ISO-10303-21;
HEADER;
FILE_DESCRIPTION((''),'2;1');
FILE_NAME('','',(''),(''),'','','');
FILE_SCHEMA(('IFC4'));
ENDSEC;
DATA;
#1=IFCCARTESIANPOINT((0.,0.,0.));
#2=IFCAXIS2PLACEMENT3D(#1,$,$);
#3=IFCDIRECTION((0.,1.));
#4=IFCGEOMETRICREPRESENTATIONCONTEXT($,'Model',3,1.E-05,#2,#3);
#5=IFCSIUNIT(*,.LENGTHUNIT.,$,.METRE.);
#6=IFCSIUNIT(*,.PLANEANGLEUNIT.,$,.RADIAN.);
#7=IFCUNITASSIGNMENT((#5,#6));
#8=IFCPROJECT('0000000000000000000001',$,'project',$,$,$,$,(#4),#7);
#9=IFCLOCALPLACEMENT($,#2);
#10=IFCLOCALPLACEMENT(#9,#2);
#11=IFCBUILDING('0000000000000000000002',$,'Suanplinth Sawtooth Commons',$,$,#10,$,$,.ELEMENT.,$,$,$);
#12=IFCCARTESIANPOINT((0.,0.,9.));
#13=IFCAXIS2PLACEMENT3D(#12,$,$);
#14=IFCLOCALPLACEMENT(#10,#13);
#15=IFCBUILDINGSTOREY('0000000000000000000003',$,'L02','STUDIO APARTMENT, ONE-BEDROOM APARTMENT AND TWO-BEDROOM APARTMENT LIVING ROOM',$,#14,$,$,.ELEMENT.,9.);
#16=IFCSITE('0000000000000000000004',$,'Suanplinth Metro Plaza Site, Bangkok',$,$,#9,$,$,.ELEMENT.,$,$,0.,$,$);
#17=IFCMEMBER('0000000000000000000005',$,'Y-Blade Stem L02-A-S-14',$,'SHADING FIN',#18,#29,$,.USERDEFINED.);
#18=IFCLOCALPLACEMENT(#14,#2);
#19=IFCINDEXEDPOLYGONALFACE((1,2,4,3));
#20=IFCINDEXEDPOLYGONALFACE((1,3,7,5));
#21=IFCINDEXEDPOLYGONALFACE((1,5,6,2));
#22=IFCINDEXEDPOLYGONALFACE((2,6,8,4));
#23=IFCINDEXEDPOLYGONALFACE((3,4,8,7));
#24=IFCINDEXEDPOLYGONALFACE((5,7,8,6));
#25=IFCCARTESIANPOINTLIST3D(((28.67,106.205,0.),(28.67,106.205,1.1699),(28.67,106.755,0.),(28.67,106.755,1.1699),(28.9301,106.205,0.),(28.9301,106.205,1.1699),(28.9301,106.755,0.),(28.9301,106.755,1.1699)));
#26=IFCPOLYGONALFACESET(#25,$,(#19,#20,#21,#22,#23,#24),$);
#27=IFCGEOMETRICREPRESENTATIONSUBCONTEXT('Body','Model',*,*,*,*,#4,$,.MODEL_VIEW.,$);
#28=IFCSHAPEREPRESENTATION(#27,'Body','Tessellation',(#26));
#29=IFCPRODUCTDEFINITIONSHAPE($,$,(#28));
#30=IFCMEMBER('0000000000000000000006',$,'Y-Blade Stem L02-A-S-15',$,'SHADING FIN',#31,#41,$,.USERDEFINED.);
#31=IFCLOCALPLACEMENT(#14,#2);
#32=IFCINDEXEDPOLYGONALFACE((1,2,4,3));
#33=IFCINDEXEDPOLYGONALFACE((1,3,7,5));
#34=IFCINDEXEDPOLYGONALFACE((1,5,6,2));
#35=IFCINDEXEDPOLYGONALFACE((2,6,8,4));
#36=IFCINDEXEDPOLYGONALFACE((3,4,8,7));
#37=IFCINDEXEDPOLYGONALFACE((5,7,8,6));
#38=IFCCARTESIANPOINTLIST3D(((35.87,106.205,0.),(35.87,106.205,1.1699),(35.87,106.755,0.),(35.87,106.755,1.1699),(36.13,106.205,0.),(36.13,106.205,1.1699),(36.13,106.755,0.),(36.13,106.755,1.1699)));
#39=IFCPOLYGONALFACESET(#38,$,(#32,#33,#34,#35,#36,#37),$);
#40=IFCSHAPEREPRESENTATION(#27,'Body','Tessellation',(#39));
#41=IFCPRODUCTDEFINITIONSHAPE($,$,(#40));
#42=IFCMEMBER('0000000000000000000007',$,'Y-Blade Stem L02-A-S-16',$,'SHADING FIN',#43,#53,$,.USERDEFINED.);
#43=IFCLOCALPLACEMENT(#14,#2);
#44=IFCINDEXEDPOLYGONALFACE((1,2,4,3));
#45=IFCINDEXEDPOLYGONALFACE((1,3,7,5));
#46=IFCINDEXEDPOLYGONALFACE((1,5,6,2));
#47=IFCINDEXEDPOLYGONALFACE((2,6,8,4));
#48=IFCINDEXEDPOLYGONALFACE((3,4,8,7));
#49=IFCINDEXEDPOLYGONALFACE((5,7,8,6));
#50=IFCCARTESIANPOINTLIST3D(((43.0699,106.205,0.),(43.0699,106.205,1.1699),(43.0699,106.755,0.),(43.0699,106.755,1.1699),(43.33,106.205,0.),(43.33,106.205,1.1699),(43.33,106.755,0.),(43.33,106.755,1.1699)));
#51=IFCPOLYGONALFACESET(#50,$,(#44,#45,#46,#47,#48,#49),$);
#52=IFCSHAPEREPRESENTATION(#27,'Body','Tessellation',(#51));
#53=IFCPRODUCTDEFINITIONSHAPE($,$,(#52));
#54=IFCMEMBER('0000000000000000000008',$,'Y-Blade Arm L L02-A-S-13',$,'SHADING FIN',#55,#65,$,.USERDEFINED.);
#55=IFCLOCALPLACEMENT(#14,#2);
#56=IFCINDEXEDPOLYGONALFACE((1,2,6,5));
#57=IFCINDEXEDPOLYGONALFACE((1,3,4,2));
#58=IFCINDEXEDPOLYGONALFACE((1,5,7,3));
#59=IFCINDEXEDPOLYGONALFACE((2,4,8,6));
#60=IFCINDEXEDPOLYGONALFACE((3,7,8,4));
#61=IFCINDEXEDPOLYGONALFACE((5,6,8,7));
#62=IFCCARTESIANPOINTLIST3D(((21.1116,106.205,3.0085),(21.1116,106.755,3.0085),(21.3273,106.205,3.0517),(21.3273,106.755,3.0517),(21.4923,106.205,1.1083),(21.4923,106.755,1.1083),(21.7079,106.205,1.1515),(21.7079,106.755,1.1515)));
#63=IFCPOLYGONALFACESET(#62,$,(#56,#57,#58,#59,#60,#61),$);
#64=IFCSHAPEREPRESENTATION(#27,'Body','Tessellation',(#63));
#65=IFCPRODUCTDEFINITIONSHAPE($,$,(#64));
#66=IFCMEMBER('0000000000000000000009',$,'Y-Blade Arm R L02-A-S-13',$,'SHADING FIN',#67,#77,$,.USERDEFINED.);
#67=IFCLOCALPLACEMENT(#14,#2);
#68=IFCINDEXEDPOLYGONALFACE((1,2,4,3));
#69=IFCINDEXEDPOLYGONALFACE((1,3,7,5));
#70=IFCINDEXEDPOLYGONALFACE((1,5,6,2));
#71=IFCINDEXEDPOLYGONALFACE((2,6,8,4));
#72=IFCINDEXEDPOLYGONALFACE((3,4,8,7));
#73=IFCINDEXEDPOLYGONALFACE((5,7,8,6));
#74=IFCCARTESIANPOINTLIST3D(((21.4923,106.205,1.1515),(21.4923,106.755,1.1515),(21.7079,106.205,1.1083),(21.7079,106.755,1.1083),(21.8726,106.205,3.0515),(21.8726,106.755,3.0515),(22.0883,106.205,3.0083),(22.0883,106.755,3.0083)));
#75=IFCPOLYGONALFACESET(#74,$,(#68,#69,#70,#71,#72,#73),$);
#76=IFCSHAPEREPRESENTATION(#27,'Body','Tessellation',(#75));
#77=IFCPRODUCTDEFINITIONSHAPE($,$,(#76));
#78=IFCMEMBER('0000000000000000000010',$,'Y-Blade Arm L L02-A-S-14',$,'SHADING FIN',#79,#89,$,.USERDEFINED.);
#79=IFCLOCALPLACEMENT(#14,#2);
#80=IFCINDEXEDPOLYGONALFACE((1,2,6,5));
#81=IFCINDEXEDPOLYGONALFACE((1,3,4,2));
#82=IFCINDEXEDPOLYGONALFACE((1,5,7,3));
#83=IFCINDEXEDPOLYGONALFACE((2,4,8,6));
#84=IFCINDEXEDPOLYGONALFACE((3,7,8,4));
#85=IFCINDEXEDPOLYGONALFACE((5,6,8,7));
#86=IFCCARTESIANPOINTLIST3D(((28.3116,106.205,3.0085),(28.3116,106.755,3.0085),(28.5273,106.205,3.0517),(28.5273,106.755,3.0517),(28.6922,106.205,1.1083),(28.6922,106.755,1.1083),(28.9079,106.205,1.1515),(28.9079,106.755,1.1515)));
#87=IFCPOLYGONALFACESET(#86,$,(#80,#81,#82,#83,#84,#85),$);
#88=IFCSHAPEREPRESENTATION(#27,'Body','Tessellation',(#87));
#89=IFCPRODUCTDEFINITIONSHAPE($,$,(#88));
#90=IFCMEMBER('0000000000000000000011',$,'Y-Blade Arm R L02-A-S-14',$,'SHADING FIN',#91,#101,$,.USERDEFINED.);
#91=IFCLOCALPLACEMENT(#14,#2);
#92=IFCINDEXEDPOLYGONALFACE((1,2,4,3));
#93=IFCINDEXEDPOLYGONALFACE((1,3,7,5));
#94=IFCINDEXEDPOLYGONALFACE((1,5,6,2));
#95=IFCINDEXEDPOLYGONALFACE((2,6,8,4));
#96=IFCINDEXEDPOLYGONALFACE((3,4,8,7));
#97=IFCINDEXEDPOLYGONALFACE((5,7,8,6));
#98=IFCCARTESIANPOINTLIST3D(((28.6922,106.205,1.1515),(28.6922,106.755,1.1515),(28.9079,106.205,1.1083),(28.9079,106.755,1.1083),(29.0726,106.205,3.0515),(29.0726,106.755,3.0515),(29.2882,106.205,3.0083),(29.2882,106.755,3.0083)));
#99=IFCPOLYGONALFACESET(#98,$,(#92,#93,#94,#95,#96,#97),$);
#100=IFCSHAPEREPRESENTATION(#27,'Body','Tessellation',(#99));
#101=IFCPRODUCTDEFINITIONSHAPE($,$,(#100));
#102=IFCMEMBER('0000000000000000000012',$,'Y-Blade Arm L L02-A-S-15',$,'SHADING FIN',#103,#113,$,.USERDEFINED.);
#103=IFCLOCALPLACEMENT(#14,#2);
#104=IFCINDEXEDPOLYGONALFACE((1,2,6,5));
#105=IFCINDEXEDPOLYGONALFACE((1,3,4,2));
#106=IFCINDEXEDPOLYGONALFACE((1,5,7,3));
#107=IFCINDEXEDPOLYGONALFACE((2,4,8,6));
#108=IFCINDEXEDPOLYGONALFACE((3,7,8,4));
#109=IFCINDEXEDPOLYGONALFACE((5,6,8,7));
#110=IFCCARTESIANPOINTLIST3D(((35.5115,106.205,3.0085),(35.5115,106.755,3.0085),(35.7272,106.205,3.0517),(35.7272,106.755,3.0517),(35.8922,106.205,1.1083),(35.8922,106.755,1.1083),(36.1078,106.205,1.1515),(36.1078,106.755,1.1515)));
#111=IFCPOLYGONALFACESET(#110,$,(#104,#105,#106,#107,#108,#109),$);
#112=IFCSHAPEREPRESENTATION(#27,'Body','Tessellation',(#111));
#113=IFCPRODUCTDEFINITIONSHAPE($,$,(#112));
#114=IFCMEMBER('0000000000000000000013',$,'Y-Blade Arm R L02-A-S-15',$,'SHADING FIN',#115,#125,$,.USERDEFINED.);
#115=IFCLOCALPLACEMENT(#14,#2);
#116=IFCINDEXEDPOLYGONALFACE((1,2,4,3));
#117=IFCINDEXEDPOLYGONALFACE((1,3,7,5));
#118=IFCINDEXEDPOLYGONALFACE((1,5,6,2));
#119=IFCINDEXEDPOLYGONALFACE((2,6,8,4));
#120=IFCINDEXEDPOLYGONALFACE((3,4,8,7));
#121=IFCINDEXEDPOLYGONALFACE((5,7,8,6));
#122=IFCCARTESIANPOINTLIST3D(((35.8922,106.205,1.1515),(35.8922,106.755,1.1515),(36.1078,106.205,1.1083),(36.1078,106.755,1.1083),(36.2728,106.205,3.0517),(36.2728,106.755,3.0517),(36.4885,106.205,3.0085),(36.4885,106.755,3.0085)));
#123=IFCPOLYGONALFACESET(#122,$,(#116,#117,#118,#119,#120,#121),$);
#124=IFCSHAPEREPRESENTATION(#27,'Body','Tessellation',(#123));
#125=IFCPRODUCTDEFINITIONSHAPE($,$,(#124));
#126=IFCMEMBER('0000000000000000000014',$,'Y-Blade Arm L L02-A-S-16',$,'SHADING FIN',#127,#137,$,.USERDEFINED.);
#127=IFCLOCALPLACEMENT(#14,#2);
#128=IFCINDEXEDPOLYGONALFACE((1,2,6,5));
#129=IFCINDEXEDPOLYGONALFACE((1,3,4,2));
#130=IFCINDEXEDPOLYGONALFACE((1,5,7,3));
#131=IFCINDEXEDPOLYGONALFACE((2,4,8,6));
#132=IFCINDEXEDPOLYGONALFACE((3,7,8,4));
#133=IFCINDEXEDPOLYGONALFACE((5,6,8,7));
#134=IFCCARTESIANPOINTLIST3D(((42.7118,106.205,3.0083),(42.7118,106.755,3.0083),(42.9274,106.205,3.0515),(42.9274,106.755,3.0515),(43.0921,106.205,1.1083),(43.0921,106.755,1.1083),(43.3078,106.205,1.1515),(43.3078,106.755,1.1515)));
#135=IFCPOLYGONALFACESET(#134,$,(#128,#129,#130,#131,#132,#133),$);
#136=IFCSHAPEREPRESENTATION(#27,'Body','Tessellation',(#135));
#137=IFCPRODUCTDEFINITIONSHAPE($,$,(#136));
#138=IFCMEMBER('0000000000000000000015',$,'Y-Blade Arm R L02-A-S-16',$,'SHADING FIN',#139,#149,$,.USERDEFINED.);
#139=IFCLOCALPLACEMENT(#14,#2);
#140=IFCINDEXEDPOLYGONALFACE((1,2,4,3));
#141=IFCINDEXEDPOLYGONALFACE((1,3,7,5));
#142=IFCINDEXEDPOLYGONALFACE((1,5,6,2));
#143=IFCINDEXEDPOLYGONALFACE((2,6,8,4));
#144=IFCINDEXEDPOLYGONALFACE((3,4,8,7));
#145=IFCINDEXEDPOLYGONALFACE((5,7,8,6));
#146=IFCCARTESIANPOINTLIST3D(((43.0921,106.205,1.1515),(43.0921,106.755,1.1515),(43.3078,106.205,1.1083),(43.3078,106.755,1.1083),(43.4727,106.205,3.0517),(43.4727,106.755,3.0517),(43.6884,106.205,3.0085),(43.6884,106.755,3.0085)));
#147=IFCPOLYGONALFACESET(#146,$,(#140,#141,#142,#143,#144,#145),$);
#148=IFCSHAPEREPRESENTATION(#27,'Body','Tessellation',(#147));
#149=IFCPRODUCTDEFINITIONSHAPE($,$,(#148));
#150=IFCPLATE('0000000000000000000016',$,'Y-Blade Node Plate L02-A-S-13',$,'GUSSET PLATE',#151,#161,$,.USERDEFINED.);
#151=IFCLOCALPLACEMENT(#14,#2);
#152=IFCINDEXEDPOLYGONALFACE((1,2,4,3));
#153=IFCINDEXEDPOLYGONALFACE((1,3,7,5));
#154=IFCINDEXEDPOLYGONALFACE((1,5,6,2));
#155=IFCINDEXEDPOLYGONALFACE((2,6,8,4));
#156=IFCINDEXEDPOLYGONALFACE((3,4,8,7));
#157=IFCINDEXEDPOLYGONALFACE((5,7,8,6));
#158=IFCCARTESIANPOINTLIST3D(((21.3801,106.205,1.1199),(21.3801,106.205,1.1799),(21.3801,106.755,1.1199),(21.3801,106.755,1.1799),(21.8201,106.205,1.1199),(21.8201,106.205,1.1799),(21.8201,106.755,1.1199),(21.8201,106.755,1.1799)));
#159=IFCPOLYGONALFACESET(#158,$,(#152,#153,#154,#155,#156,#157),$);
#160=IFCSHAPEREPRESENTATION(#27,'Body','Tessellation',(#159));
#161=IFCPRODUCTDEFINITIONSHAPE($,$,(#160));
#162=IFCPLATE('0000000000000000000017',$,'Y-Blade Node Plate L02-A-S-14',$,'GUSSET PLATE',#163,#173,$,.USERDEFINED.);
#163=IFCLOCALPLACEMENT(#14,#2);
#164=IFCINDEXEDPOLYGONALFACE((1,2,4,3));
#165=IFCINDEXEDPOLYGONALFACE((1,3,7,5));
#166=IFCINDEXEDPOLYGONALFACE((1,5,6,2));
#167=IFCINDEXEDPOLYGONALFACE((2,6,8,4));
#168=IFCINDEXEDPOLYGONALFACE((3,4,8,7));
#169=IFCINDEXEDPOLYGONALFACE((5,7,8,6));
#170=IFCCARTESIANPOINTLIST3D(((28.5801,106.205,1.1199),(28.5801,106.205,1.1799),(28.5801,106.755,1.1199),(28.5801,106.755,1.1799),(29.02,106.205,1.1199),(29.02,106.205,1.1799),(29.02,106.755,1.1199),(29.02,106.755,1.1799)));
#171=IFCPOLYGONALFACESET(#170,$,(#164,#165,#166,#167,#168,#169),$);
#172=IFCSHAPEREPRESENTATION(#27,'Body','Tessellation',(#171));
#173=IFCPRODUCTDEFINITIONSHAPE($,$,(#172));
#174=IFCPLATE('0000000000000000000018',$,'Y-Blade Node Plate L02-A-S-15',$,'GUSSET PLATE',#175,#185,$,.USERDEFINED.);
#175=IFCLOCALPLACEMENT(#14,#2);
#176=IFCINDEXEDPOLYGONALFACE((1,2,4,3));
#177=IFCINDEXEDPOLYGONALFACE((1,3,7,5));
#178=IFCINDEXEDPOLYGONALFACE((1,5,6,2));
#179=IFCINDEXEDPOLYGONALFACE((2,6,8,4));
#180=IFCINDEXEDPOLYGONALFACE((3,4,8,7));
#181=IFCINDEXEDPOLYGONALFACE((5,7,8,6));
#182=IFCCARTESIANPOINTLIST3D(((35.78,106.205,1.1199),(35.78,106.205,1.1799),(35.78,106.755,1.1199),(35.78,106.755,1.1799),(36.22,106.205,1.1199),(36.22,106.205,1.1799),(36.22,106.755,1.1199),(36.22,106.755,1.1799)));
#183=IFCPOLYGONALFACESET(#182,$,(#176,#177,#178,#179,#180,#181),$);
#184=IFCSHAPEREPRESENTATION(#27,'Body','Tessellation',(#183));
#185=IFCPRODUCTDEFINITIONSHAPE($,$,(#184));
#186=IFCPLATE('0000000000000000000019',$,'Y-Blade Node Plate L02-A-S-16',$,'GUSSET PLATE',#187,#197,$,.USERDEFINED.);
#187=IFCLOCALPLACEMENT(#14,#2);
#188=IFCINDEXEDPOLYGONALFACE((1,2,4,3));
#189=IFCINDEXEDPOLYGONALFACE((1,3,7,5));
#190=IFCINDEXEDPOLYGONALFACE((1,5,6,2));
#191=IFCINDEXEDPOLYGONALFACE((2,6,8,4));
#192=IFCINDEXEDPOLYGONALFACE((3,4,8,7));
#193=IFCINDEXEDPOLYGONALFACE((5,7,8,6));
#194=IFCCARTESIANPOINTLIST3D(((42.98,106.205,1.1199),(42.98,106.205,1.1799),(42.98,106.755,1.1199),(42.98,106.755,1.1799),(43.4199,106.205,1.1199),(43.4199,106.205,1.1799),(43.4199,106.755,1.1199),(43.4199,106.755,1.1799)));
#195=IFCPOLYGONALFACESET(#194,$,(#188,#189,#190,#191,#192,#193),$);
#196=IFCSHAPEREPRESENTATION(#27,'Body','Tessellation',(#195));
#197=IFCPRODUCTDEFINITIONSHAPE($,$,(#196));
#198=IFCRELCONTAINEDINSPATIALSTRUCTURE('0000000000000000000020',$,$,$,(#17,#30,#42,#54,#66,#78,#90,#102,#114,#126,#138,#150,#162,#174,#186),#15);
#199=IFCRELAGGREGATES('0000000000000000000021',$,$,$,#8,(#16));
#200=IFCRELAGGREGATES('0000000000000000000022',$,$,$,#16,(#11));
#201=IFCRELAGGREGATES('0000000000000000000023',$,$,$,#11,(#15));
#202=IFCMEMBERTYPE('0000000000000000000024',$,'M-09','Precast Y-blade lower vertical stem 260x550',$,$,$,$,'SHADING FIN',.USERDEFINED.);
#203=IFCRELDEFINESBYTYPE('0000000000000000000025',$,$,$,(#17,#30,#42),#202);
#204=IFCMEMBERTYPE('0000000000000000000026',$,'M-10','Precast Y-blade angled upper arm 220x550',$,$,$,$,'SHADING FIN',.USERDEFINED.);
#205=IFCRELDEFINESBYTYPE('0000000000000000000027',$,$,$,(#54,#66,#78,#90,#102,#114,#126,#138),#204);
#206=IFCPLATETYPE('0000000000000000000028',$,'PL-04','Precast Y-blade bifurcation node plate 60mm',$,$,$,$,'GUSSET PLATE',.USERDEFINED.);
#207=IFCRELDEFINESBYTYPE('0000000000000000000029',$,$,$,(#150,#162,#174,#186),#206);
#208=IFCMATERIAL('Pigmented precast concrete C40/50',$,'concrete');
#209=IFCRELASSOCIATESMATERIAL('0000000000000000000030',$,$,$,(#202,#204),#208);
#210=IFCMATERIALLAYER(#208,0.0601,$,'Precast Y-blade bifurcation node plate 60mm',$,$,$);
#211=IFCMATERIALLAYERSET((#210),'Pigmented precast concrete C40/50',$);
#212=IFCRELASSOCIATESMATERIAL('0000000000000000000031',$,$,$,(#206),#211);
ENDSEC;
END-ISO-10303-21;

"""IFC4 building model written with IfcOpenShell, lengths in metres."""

from ifc_helpers import new_model, si_unit, direction, frame, origin, origin_2d, place, context, subcontext, project, spatial, rectangle, extrude, material, layer, layer_set, material_profile, profile_set, type_object, element, save


model = new_model("IFC4")

# Units and contexts
model_context = context("Model", 3, precision=1e-05, world=origin(), true_north=direction((0.0, 1.0)))
body_context = subcontext(model_context, "Body", "Model", "MODEL_VIEW")
ifc_project = project(units=[si_unit("LENGTHUNIT", "METRE"), si_unit("PLANEANGLEUNIT", "RADIAN")], contexts=[model_context])

# Site, building, storey
site_placement = place(None, origin())
site = spatial("IfcSite", under=ifc_project, at=site_placement, Name="Suanplinth Metro Plaza Site, Bangkok", CompositionType="ELEMENT", RefElevation=0.0)
building_placement = place(site_placement, origin())
building = spatial("IfcBuilding", under=site, at=building_placement, Name="Suanplinth Sawtooth Commons", CompositionType="ELEMENT")
storey_placement = place(building_placement, frame((0.0, 0.0, 9.0)))
storey = spatial("IfcBuildingStorey", under=building, at=storey_placement, Name="L02", Description="STUDIO APARTMENT, ONE-BEDROOM APARTMENT AND TWO-BEDROOM APARTMENT LIVING ROOM", CompositionType="ELEMENT", Elevation=9.0)

# Members
ifc_material_1 = material(Name="Pigmented precast concrete C40/50", Category="concrete")
ifc_material_profile_1 = material_profile(ifc_material_1, rectangle(XDim=0.26, YDim=0.55, at=origin_2d()), Name="PC-FIN 260x550")
ifc_profile_set_1 = profile_set([ifc_material_profile_1], Name="Pigmented precast concrete C40/50")
member_type_1 = type_object("IfcMemberType", Name="M-09", Description="Precast Y-blade lower vertical stem 260x550", ElementType="SHADING FIN", PredefinedType="USERDEFINED", material=ifc_profile_set_1)
for number, where, z_axis, x_axis, name in (
    (1, (28.8, 106.48, 0.0), (0.0, 0.0, 1.0), (1.0, 0.0, 0.0), "Y-Blade Stem L02-A-S-14"),
    (2, (36.0, 106.48, 0.0), (0.0, 0.0, 1.0), (1.0, 0.0, 0.0), "Y-Blade Stem L02-A-S-15"),
    (3, (43.2, 106.48, 0.0), (0.0, 0.0, 1.0), (1.0, 0.0, 0.0), "Y-Blade Stem L02-A-S-16"),
):
    element("IfcMember", number, at=place(storey_placement, frame(where, z_axis=z_axis, x_axis=x_axis)), inside=storey, type_object=member_type_1, Name=name, ObjectType="SHADING FIN", PredefinedType="USERDEFINED", context=body_context, shape_type="SweptSolid", body=[
        extrude(rectangle(XDim=0.26, YDim=0.55, at=origin_2d()), origin(), (0.0, 0.0, 1.0), 1.1699),
    ])
ifc_material_profile_2 = material_profile(ifc_material_1, rectangle(XDim=0.22, YDim=0.55, at=origin_2d()), Name="PC-FIN 220x550")
ifc_profile_set_2 = profile_set([ifc_material_profile_2], Name="Pigmented precast concrete C40/50")
member_type_2 = type_object("IfcMemberType", Name="M-10", Description="Precast Y-blade angled upper arm 220x550", ElementType="SHADING FIN", PredefinedType="USERDEFINED", material=ifc_profile_set_2)
member_1_placement = place(storey_placement, frame((21.6001, 106.48, 1.1299), z_axis=(-0.196407, 0.0, 0.980522), x_axis=(0.980522, 0.0, 0.196407)))
element("IfcMember", 4, at=member_1_placement, inside=storey, type_object=member_type_2, Name="Y-Blade Arm L L02-A-S-13", ObjectType="SHADING FIN", PredefinedType="USERDEFINED", context=body_context, shape_type="SweptSolid", body=[
    extrude(rectangle(XDim=0.22, YDim=0.55, at=origin_2d()), origin(), (0.0, 0.0, 1.0), 1.938),
])
member_2_placement = place(storey_placement, frame((21.6001, 106.48, 1.1299), z_axis=(0.196286, 0.0, 0.980547), x_axis=(-0.980547, 0.0, 0.196286)))
element("IfcMember", 5, at=member_2_placement, inside=storey, type_object=member_type_2, Name="Y-Blade Arm R L02-A-S-13", ObjectType="SHADING FIN", PredefinedType="USERDEFINED", context=body_context, shape_type="SweptSolid", body=[
    extrude(rectangle(XDim=0.22, YDim=0.55, at=origin_2d()), origin(), (0.0, 0.0, 1.0), 1.9377),
])
member_3_placement = place(storey_placement, frame((28.8, 106.48, 1.1299), z_axis=(-0.196407, 0.0, 0.980522), x_axis=(0.980522, 0.0, 0.196407)))
element("IfcMember", 6, at=member_3_placement, inside=storey, type_object=member_type_2, Name="Y-Blade Arm L L02-A-S-14", ObjectType="SHADING FIN", PredefinedType="USERDEFINED", context=body_context, shape_type="SweptSolid", body=[
    extrude(rectangle(XDim=0.22, YDim=0.55, at=origin_2d()), origin(), (0.0, 0.0, 1.0), 1.938),
])
member_4_placement = place(storey_placement, frame((28.8, 106.48, 1.1299), z_axis=(0.196286, 0.0, 0.980547), x_axis=(-0.980547, 0.0, 0.196286)))
element("IfcMember", 7, at=member_4_placement, inside=storey, type_object=member_type_2, Name="Y-Blade Arm R L02-A-S-14", ObjectType="SHADING FIN", PredefinedType="USERDEFINED", context=body_context, shape_type="SweptSolid", body=[
    extrude(rectangle(XDim=0.22, YDim=0.55, at=origin_2d()), origin(), (0.0, 0.0, 1.0), 1.9377),
])
for number, where, z_axis, x_axis, name in (
    (8, (36.0, 106.48, 1.1299), (-0.196407, 0.0, 0.980522), (0.980522, 0.0, 0.196407), "Y-Blade Arm L L02-A-S-15"),
    (9, (36.0, 106.48, 1.1299), (0.196407, 0.0, 0.980522), (-0.980522, 0.0, 0.196407), "Y-Blade Arm R L02-A-S-15"),
):
    element("IfcMember", number, at=place(storey_placement, frame(where, z_axis=z_axis, x_axis=x_axis)), inside=storey, type_object=member_type_2, Name=name, ObjectType="SHADING FIN", PredefinedType="USERDEFINED", context=body_context, shape_type="SweptSolid", body=[
        extrude(rectangle(XDim=0.22, YDim=0.55, at=origin_2d()), origin(), (0.0, 0.0, 1.0), 1.938),
    ])
member_5_placement = place(storey_placement, frame((43.2, 106.48, 1.1299), z_axis=(-0.196286, 0.0, 0.980547), x_axis=(0.980547, 0.0, 0.196286)))
element("IfcMember", 10, at=member_5_placement, inside=storey, type_object=member_type_2, Name="Y-Blade Arm L L02-A-S-16", ObjectType="SHADING FIN", PredefinedType="USERDEFINED", context=body_context, shape_type="SweptSolid", body=[
    extrude(rectangle(XDim=0.22, YDim=0.55, at=origin_2d()), origin(), (0.0, 0.0, 1.0), 1.9377),
])
member_6_placement = place(storey_placement, frame((43.2, 106.48, 1.1299), z_axis=(0.196407, 0.0, 0.980522), x_axis=(-0.980522, 0.0, 0.196407)))
element("IfcMember", 11, at=member_6_placement, inside=storey, type_object=member_type_2, Name="Y-Blade Arm R L02-A-S-16", ObjectType="SHADING FIN", PredefinedType="USERDEFINED", context=body_context, shape_type="SweptSolid", body=[
    extrude(rectangle(XDim=0.22, YDim=0.55, at=origin_2d()), origin(), (0.0, 0.0, 1.0), 1.938),
])

# Plates
ifc_layer_1 = layer(ifc_material_1, 0.0601, Name="Precast Y-blade bifurcation node plate 60mm")
ifc_layer_set_1 = layer_set([ifc_layer_1], Name="Pigmented precast concrete C40/50")
plate_type = type_object("IfcPlateType", Name="PL-04", Description="Precast Y-blade bifurcation node plate 60mm", ElementType="GUSSET PLATE", PredefinedType="USERDEFINED", material=ifc_layer_set_1)
for number, where, z_axis, x_axis, name in (
    (12, (21.6001, 106.48, 1.1199), (0.0, 0.0, 1.0), (1.0, 0.0, 0.0), "Y-Blade Node Plate L02-A-S-13"),
    (13, (28.8, 106.48, 1.1199), (0.0, 0.0, 1.0), (1.0, 0.0, 0.0), "Y-Blade Node Plate L02-A-S-14"),
    (14, (36.0, 106.48, 1.1199), (0.0, 0.0, 1.0), (1.0, 0.0, 0.0), "Y-Blade Node Plate L02-A-S-15"),
    (15, (43.2, 106.48, 1.1199), (0.0, 0.0, 1.0), (1.0, 0.0, 0.0), "Y-Blade Node Plate L02-A-S-16"),
):
    element("IfcPlate", number, at=place(storey_placement, frame(where, z_axis=z_axis, x_axis=x_axis)), inside=storey, type_object=plate_type, Name=name, ObjectType="GUSSET PLATE", PredefinedType="USERDEFINED", context=body_context, shape_type="SweptSolid", body=[
        extrude(rectangle(XDim=0.4399, YDim=0.55, at=origin_2d()), origin(), (0.0, 0.0, 1.0), 0.0601),
    ])

save(model, "model.ifc")
